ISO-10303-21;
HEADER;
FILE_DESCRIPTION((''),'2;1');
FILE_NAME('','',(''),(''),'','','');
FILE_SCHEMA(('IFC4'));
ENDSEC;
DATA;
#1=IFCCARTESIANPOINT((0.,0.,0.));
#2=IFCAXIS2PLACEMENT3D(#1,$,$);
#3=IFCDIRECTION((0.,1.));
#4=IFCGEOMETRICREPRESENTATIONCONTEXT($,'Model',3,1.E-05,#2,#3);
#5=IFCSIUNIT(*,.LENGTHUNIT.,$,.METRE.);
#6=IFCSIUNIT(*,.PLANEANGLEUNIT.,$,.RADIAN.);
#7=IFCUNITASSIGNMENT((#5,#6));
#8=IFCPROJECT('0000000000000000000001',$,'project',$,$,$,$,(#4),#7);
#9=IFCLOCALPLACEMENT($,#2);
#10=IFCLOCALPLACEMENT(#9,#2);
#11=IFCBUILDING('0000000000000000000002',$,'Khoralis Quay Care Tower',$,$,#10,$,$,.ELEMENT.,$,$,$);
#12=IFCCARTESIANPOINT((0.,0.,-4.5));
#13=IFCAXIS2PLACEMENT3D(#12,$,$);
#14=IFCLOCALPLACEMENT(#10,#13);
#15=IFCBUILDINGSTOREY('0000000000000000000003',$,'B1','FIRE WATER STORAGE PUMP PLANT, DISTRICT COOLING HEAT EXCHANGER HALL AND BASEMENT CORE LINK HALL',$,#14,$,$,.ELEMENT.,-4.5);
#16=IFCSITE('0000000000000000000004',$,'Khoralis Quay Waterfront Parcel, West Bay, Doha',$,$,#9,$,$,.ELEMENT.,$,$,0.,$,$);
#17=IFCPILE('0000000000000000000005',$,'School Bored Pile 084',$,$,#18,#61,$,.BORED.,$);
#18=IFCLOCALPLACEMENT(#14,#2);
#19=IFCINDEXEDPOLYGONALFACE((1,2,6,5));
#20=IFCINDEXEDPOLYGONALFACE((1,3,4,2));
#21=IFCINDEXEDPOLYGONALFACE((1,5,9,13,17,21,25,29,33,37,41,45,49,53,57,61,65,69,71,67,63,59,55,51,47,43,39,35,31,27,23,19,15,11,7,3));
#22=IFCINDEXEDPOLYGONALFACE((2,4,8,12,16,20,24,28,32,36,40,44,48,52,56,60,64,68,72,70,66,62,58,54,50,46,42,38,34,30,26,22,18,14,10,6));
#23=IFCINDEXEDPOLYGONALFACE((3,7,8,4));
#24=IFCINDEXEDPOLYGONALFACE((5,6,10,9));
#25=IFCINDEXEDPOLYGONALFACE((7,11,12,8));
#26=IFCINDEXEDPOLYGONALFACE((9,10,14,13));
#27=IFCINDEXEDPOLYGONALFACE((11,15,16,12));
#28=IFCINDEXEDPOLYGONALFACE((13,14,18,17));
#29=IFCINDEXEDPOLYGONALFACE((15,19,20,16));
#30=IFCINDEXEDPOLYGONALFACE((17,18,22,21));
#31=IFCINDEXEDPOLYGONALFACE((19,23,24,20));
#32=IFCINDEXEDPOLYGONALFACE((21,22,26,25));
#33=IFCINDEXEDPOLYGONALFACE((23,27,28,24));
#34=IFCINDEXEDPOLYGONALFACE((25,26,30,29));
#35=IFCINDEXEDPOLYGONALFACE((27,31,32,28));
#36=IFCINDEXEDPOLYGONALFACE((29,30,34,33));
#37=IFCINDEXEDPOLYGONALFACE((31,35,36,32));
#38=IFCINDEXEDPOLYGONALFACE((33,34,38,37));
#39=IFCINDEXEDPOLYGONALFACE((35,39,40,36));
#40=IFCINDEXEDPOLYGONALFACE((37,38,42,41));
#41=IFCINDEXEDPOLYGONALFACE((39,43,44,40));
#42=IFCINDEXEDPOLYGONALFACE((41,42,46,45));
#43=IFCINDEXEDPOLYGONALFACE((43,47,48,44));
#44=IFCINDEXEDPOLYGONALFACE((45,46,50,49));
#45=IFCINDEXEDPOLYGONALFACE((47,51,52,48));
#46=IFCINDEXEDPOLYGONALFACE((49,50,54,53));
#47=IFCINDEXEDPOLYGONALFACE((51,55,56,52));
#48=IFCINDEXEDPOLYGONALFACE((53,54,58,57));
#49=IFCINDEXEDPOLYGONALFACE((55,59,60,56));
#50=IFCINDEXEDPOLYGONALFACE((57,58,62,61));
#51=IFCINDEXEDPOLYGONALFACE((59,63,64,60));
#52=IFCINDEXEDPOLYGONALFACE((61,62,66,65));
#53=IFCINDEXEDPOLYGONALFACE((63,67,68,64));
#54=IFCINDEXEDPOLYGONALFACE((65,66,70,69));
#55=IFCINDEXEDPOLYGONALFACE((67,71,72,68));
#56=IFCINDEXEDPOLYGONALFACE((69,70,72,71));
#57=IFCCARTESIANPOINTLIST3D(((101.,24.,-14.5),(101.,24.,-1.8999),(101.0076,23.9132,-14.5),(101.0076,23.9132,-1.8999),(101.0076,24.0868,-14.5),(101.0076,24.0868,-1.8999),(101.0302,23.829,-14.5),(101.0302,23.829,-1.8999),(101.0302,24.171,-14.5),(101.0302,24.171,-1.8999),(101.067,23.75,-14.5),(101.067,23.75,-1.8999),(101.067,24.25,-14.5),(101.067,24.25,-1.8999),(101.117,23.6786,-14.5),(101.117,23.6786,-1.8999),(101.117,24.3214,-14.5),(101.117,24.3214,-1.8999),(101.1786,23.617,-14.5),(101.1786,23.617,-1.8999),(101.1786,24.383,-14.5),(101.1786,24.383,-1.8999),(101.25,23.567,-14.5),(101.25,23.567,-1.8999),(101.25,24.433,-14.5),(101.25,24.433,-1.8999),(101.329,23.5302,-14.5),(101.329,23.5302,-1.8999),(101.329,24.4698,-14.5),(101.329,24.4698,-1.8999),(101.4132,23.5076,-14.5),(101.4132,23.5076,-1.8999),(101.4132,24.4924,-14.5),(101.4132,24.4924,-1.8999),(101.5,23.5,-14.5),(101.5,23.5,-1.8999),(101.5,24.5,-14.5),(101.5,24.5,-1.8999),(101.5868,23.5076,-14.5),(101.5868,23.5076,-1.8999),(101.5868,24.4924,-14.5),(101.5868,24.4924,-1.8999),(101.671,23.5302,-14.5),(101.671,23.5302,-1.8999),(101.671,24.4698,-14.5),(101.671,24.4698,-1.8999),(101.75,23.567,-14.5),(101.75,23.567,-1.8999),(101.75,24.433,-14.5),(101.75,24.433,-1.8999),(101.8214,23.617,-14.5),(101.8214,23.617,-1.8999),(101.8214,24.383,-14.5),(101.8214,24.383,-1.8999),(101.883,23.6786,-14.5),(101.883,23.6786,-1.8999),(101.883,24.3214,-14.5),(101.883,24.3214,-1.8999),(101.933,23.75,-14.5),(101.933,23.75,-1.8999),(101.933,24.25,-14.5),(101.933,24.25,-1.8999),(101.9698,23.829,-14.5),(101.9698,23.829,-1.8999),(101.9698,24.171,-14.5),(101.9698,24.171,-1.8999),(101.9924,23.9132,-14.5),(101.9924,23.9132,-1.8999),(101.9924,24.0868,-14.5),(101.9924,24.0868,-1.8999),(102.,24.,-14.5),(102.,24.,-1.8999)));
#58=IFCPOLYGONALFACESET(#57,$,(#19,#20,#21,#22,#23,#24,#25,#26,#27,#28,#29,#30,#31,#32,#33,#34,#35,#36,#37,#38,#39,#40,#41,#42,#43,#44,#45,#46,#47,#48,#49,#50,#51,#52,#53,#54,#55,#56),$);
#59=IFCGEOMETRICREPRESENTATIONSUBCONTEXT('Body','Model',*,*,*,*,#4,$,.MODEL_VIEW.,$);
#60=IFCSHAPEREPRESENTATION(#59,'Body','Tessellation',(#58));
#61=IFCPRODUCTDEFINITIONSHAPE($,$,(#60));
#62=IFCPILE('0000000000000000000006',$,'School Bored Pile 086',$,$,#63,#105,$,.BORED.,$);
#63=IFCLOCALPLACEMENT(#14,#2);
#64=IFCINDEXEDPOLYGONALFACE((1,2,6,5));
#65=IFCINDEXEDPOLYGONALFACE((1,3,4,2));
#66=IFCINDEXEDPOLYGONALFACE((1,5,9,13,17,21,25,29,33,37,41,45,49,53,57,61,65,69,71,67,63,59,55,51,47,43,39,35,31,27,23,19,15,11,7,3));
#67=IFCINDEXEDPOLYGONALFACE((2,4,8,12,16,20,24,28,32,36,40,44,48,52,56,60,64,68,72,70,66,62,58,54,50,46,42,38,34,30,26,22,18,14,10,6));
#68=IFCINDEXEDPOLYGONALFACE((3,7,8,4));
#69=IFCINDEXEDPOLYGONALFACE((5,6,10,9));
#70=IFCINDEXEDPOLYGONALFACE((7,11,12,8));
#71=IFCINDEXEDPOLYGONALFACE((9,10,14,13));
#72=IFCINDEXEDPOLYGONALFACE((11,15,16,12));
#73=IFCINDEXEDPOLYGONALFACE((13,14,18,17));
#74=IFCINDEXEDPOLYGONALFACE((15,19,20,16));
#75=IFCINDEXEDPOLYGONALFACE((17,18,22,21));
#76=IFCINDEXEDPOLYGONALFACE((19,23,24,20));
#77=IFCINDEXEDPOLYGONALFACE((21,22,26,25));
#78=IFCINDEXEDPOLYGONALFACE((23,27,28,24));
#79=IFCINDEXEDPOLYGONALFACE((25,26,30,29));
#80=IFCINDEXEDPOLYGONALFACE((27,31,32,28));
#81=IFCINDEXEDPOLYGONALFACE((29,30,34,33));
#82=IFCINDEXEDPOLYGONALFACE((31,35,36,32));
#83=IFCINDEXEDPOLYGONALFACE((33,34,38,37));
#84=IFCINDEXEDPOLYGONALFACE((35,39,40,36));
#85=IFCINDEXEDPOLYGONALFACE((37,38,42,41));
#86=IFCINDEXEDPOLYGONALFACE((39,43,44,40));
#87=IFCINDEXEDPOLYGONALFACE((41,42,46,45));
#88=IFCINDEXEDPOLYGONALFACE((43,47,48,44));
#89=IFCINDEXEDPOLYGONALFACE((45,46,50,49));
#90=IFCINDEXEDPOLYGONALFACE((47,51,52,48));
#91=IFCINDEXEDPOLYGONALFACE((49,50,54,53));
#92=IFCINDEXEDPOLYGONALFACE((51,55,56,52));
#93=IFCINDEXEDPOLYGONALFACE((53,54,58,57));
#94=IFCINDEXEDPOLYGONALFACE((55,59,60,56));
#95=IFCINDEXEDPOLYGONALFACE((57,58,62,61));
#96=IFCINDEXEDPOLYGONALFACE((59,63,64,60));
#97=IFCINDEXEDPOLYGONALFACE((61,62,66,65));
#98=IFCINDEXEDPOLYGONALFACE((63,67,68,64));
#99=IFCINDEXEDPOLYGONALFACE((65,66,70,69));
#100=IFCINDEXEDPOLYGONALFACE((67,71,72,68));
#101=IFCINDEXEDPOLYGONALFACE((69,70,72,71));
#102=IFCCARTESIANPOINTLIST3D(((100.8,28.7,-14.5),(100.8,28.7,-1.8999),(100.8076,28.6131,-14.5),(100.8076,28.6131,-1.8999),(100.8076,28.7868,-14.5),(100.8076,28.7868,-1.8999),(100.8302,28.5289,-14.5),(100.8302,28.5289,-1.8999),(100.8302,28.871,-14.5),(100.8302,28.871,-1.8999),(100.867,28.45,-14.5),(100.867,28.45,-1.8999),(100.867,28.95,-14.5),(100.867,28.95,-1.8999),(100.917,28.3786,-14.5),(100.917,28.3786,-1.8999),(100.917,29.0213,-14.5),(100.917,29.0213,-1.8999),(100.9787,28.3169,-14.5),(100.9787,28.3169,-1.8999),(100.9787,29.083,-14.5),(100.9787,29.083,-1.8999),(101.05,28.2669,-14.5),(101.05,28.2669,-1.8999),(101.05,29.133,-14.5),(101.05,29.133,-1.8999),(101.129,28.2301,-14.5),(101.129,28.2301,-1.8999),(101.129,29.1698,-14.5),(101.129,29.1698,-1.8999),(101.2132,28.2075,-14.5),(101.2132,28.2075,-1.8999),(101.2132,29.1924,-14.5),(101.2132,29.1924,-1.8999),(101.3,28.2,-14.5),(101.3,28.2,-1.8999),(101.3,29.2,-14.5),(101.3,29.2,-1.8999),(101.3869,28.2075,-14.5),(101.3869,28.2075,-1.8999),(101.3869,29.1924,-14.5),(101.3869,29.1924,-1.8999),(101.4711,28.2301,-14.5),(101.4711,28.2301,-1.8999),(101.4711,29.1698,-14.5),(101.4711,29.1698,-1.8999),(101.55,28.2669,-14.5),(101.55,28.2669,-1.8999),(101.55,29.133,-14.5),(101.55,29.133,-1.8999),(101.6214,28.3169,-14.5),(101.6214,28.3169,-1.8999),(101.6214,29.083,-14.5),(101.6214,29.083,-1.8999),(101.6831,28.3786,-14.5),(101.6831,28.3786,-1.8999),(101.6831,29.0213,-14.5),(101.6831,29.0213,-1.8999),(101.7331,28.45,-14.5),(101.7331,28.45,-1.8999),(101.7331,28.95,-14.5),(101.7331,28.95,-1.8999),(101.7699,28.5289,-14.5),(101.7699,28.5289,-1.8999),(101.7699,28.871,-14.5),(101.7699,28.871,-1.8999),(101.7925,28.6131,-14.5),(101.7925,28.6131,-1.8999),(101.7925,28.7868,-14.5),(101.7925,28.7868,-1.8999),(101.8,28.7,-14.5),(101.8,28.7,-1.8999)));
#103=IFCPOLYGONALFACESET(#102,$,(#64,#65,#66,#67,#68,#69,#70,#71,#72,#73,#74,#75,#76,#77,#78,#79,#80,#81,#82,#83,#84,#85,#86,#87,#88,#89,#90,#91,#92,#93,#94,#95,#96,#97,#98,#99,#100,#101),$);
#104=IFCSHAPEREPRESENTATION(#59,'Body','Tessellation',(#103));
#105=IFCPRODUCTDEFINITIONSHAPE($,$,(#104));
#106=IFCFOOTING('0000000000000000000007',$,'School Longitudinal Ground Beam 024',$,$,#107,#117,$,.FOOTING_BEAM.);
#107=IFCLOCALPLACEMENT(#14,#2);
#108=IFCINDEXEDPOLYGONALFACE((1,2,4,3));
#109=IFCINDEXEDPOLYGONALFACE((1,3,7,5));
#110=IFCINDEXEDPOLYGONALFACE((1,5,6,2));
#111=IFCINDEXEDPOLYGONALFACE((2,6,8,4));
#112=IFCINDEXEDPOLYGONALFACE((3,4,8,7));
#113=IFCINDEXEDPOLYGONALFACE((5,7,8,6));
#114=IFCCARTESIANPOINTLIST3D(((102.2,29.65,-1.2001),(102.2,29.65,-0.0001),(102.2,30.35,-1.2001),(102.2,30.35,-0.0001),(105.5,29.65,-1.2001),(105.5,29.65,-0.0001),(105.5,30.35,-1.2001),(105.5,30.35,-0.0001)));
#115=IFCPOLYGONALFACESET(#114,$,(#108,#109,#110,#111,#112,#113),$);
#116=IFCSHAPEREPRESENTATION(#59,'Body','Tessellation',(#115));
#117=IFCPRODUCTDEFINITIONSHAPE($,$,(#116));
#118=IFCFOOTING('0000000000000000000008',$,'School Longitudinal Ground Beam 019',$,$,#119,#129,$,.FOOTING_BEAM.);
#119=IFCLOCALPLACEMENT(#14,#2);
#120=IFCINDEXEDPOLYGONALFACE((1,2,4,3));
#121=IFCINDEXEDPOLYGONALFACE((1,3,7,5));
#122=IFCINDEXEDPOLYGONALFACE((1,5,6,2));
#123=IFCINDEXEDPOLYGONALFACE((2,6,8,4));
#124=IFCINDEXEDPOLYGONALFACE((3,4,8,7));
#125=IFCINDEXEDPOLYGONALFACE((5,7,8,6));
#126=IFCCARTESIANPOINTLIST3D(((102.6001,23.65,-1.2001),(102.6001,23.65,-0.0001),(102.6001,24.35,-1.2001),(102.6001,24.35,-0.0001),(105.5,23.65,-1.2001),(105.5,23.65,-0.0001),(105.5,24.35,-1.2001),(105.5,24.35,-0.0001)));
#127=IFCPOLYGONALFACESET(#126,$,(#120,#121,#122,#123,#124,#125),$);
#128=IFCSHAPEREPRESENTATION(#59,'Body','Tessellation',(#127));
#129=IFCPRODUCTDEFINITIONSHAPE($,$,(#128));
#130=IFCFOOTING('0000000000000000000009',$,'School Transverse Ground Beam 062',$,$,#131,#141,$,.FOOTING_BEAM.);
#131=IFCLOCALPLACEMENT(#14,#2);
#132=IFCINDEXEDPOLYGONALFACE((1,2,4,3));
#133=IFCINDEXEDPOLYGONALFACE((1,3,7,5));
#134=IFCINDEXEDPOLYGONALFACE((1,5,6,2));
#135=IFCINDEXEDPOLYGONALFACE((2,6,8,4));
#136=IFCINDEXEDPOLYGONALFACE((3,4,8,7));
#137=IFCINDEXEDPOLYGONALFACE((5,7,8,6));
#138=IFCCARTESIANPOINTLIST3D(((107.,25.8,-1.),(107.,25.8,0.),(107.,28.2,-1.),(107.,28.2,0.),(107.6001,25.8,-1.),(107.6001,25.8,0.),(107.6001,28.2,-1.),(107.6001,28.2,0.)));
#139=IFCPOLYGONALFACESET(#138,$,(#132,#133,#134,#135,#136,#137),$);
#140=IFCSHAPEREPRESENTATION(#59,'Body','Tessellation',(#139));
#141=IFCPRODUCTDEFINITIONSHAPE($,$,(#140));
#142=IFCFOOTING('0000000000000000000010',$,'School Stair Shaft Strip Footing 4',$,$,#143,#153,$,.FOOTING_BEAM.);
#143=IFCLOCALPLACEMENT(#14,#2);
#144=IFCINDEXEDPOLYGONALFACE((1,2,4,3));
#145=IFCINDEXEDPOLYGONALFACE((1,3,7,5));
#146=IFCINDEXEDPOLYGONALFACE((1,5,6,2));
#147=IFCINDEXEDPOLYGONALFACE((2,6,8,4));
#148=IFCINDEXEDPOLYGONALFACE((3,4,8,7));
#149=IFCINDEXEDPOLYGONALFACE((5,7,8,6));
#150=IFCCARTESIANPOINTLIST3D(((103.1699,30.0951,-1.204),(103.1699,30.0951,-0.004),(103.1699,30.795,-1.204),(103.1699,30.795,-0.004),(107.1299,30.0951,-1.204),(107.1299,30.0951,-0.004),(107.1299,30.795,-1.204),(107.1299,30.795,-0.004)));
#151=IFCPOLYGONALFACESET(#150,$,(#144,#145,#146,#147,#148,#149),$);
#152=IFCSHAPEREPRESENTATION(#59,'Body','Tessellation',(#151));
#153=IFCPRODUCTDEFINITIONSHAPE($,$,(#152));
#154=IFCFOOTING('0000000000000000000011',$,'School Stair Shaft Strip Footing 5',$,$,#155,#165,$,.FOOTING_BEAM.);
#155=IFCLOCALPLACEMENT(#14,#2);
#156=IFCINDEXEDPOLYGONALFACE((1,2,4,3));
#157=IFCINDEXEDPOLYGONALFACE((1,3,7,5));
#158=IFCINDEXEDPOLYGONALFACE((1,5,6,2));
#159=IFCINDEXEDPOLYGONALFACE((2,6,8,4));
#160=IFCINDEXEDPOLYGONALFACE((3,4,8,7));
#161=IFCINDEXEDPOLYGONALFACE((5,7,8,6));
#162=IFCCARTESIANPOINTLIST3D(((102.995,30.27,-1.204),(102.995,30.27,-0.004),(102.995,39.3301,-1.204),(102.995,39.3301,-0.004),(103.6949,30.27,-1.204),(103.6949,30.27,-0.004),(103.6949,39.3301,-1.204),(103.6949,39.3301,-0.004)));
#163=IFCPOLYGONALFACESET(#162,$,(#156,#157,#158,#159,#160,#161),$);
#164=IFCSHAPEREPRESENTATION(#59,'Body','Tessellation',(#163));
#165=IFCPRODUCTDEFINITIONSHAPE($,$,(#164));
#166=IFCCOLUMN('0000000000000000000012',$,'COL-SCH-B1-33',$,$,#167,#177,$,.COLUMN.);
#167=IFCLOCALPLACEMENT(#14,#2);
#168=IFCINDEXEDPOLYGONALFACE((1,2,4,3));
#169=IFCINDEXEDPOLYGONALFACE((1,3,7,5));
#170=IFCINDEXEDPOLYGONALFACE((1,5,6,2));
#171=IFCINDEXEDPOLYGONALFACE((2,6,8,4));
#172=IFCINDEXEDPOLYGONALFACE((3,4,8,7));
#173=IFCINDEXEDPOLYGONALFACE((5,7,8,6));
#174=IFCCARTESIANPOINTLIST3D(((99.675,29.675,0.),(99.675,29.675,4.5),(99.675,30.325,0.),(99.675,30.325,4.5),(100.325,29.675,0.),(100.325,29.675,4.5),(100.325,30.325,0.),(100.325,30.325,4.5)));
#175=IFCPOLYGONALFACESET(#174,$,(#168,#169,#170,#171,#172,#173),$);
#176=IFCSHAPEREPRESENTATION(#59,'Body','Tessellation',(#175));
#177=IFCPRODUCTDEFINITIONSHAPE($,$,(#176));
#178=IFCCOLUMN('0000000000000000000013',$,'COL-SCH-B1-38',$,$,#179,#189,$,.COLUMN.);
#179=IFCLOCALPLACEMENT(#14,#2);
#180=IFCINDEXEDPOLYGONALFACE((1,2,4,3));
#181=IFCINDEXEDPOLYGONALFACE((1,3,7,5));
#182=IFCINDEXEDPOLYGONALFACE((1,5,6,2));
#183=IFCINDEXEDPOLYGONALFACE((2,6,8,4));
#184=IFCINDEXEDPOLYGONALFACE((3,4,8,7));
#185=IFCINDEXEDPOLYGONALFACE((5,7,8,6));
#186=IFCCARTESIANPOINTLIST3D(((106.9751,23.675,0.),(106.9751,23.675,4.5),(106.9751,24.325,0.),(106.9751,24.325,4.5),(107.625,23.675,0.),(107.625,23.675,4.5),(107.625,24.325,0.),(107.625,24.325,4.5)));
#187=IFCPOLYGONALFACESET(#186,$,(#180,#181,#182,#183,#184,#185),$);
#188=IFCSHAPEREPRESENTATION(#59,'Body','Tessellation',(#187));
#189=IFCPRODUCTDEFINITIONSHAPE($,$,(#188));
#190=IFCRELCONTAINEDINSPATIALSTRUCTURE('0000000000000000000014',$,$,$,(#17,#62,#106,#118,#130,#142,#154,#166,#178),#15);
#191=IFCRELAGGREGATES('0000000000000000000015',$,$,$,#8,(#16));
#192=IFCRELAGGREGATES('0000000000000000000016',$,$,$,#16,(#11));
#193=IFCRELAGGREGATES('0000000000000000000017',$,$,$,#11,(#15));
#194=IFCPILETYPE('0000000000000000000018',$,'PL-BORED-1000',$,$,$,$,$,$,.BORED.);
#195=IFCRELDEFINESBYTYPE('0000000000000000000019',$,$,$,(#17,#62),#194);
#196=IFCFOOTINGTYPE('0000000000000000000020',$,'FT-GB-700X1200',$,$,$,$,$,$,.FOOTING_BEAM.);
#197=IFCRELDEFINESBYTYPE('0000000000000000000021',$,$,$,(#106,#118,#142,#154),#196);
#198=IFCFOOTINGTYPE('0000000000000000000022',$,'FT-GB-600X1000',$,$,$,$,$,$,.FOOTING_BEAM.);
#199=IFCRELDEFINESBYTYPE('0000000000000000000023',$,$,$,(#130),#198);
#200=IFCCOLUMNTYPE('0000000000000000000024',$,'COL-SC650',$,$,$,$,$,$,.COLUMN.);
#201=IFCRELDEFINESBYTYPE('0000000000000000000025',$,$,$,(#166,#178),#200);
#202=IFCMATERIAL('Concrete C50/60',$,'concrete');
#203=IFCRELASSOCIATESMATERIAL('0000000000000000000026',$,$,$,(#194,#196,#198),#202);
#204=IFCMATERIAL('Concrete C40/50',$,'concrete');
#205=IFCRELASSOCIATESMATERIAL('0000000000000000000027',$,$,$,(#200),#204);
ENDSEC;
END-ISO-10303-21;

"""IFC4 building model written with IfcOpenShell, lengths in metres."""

from ifc_helpers import new_model, si_unit, direction, frame, origin, origin_2d, place, context, subcontext, project, spatial, rectangle, circle, extrude, source, transform, mapped, material, material_profile, profile_set, type_object, element, save


model = new_model("IFC4")

# Units and contexts
model_context = context("Model", 3, precision=1e-05, world=origin(), true_north=direction((0.0, 1.0)))
body_context = subcontext(model_context, "Body", "Model", "MODEL_VIEW")
ifc_project = project(units=[si_unit("LENGTHUNIT", "METRE"), si_unit("PLANEANGLEUNIT", "RADIAN")], contexts=[model_context])

# Site, building, storey
site_placement = place(None, origin())
site = spatial("IfcSite", under=ifc_project, at=site_placement, Name="Khoralis Quay Waterfront Parcel, West Bay, Doha", CompositionType="ELEMENT", RefElevation=0.0)
building_placement = place(site_placement, origin())
building = spatial("IfcBuilding", under=site, at=building_placement, Name="Khoralis Quay Care Tower", CompositionType="ELEMENT")
storey_placement = place(building_placement, frame((0.0, 0.0, -4.5)))
storey = spatial("IfcBuildingStorey", under=building, at=storey_placement, Name="B1", Description="FIRE WATER STORAGE PUMP PLANT, DISTRICT COOLING HEAT EXCHANGER HALL AND BASEMENT CORE LINK HALL", CompositionType="ELEMENT", Elevation=-4.5)

# Shared definitions
ifc_material_1 = material(Name="Concrete C50/60", Category="concrete")

# Piles
ifc_material_profile_1 = material_profile(ifc_material_1, circle(Radius=0.5, at=origin_2d()), Name="Concrete C50/60")
ifc_profile_set_1 = profile_set([ifc_material_profile_1], Name="Concrete C50/60")
pile_type_1 = type_object("IfcPileType", Name="PL-BORED-1000", PredefinedType="BORED", material=ifc_profile_set_1)
shared_shape_1 = source(origin(), body_context, "Body", "SweptSolid", [
    extrude(circle(Radius=0.5, at=origin_2d()), origin(), (0.0, 0.0, 1.0), 12.6001),
])
for number, where, z_axis, x_axis, name in (
    (1, (101.5, 24.0, -1.8999), (0.0, 0.0, -1.0), (1.0, 0.0, 0.0), "School Bored Pile 084"),
    (2, (101.3, 28.7, -1.8999), (0.0, 0.0, -1.0), (1.0, 0.0, 0.0), "School Bored Pile 086"),
):
    element("IfcPile", number, at=place(storey_placement, frame(where, z_axis=z_axis, x_axis=x_axis)), inside=storey, type_object=pile_type_1, Name=name, PredefinedType="BORED", context=body_context, shape_type="MappedRepresentation", body=[
        mapped(shared_shape_1, transform((0.0, 0.0, 0.0), scale=1.0)),
    ])

# Footings
ifc_material_profile_2 = material_profile(ifc_material_1, rectangle(XDim=0.7, YDim=1.2, at=origin_2d()), Name="Concrete C50/60")
ifc_profile_set_2 = profile_set([ifc_material_profile_2], Name="Concrete C50/60")
footing_type_1 = type_object("IfcFootingType", Name="FT-GB-700X1200", PredefinedType="FOOTING_BEAM", material=ifc_profile_set_2)
shared_shape_2 = source(origin(), body_context, "Body", "SweptSolid", [
    extrude(rectangle(XDim=0.7, YDim=1.2, at=origin_2d()), origin(), (0.0, 0.0, 1.0), 3.3),
])
footing_1_placement = place(storey_placement, frame((102.2, 30.0, -0.6001), z_axis=(1.0, 0.0, 0.0), x_axis=(0.0, 1.0, 0.0)))
element("IfcFooting", 3, at=footing_1_placement, inside=storey, type_object=footing_type_1, Name="School Longitudinal Ground Beam 024", PredefinedType="FOOTING_BEAM", context=body_context, shape_type="MappedRepresentation", body=[
    mapped(shared_shape_2, transform((0.0, 0.0, 0.0), scale=1.0)),
])
shared_shape_3 = source(origin(), body_context, "Body", "SweptSolid", [
    extrude(rectangle(XDim=0.7, YDim=1.2, at=origin_2d()), origin(), (0.0, 0.0, 1.0), 2.8999),
])
footing_2_placement = place(storey_placement, frame((102.6001, 24.0, -0.6001), z_axis=(1.0, 0.0, 0.0), x_axis=(0.0, 1.0, 0.0)))
element("IfcFooting", 4, at=footing_2_placement, inside=storey, type_object=footing_type_1, Name="School Longitudinal Ground Beam 019", PredefinedType="FOOTING_BEAM", context=body_context, shape_type="MappedRepresentation", body=[
    mapped(shared_shape_3, transform((0.0, 0.0, 0.0), scale=1.0)),
])
ifc_material_profile_3 = material_profile(ifc_material_1, rectangle(XDim=0.6001, YDim=1.0, at=origin_2d()), Name="Concrete C50/60")
ifc_profile_set_3 = profile_set([ifc_material_profile_3], Name="Concrete C50/60")
footing_type_2 = type_object("IfcFootingType", Name="FT-GB-600X1000", PredefinedType="FOOTING_BEAM", material=ifc_profile_set_3)
shared_shape_4 = source(origin(), body_context, "Body", "SweptSolid", [
    extrude(rectangle(XDim=0.6001, YDim=1.0, at=origin_2d()), origin(), (0.0, 0.0, 1.0), 2.3999),
])
footing_3_placement = place(storey_placement, frame((107.3, 25.8, -0.5), z_axis=(0.0, 1.0, 0.0), x_axis=(-1.0, 0.0, 0.0)))
element("IfcFooting", 5, at=footing_3_placement, inside=storey, type_object=footing_type_2, Name="School Transverse Ground Beam 062", PredefinedType="FOOTING_BEAM", context=body_context, shape_type="MappedRepresentation", body=[
    mapped(shared_shape_4, transform((0.0, 0.0, 0.0), scale=1.0)),
])
shared_shape_5 = source(origin(), body_context, "Body", "SweptSolid", [
    extrude(rectangle(XDim=0.7, YDim=1.2, at=origin_2d()), origin(), (0.0, 0.0, 1.0), 3.96),
])
footing_4_placement = place(storey_placement, frame((103.1699, 30.4451, -0.604), z_axis=(1.0, 0.0, 0.0), x_axis=(0.0, 1.0, 0.0)))
element("IfcFooting", 6, at=footing_4_placement, inside=storey, type_object=footing_type_1, Name="School Stair Shaft Strip Footing 4", PredefinedType="FOOTING_BEAM", context=body_context, shape_type="MappedRepresentation", body=[
    mapped(shared_shape_5, transform((0.0, 0.0, 0.0), scale=1.0)),
])
shared_shape_6 = source(origin(), body_context, "Body", "SweptSolid", [
    extrude(rectangle(XDim=0.7, YDim=1.2, at=origin_2d()), origin(), (0.0, 0.0, 1.0), 9.0601),
])
footing_5_placement = place(storey_placement, frame((103.345, 30.27, -0.604), z_axis=(0.0, 1.0, 0.0), x_axis=(-1.0, 0.0, 0.0)))
element("IfcFooting", 7, at=footing_5_placement, inside=storey, type_object=footing_type_1, Name="School Stair Shaft Strip Footing 5", PredefinedType="FOOTING_BEAM", context=body_context, shape_type="MappedRepresentation", body=[
    mapped(shared_shape_6, transform((0.0, 0.0, 0.0), scale=1.0)),
])

# Columns
ifc_material_2 = material(Name="Concrete C40/50", Category="concrete")
ifc_material_profile_4 = material_profile(ifc_material_2, rectangle(XDim=0.6499, YDim=0.6499, at=origin_2d()), Name="Concrete C40/50")
ifc_profile_set_4 = profile_set([ifc_material_profile_4], Name="Concrete C40/50")
column_type = type_object("IfcColumnType", Name="COL-SC650", PredefinedType="COLUMN", material=ifc_profile_set_4)
shared_shape_7 = source(origin(), body_context, "Body", "SweptSolid", [
    extrude(rectangle(XDim=0.6499, YDim=0.6499, at=origin_2d()), origin(), (0.0, 0.0, 1.0), 4.5),
])
for number, where, z_axis, x_axis, name in (
    (8, (100.0, 30.0, 0.0), (0.0, 0.0, 1.0), (1.0, 0.0, 0.0), "COL-SCH-B1-33"),
    (9, (107.3, 24.0, 0.0), (0.0, 0.0, 1.0), (1.0, 0.0, 0.0), "COL-SCH-B1-38"),
):
    element("IfcColumn", number, at=place(storey_placement, frame(where, z_axis=z_axis, x_axis=x_axis)), inside=storey, type_object=column_type, Name=name, PredefinedType="COLUMN", context=body_context, shape_type="MappedRepresentation", body=[
        mapped(shared_shape_7, transform((0.0, 0.0, 0.0), scale=1.0)),
    ])

save(model, "model.ifc")
